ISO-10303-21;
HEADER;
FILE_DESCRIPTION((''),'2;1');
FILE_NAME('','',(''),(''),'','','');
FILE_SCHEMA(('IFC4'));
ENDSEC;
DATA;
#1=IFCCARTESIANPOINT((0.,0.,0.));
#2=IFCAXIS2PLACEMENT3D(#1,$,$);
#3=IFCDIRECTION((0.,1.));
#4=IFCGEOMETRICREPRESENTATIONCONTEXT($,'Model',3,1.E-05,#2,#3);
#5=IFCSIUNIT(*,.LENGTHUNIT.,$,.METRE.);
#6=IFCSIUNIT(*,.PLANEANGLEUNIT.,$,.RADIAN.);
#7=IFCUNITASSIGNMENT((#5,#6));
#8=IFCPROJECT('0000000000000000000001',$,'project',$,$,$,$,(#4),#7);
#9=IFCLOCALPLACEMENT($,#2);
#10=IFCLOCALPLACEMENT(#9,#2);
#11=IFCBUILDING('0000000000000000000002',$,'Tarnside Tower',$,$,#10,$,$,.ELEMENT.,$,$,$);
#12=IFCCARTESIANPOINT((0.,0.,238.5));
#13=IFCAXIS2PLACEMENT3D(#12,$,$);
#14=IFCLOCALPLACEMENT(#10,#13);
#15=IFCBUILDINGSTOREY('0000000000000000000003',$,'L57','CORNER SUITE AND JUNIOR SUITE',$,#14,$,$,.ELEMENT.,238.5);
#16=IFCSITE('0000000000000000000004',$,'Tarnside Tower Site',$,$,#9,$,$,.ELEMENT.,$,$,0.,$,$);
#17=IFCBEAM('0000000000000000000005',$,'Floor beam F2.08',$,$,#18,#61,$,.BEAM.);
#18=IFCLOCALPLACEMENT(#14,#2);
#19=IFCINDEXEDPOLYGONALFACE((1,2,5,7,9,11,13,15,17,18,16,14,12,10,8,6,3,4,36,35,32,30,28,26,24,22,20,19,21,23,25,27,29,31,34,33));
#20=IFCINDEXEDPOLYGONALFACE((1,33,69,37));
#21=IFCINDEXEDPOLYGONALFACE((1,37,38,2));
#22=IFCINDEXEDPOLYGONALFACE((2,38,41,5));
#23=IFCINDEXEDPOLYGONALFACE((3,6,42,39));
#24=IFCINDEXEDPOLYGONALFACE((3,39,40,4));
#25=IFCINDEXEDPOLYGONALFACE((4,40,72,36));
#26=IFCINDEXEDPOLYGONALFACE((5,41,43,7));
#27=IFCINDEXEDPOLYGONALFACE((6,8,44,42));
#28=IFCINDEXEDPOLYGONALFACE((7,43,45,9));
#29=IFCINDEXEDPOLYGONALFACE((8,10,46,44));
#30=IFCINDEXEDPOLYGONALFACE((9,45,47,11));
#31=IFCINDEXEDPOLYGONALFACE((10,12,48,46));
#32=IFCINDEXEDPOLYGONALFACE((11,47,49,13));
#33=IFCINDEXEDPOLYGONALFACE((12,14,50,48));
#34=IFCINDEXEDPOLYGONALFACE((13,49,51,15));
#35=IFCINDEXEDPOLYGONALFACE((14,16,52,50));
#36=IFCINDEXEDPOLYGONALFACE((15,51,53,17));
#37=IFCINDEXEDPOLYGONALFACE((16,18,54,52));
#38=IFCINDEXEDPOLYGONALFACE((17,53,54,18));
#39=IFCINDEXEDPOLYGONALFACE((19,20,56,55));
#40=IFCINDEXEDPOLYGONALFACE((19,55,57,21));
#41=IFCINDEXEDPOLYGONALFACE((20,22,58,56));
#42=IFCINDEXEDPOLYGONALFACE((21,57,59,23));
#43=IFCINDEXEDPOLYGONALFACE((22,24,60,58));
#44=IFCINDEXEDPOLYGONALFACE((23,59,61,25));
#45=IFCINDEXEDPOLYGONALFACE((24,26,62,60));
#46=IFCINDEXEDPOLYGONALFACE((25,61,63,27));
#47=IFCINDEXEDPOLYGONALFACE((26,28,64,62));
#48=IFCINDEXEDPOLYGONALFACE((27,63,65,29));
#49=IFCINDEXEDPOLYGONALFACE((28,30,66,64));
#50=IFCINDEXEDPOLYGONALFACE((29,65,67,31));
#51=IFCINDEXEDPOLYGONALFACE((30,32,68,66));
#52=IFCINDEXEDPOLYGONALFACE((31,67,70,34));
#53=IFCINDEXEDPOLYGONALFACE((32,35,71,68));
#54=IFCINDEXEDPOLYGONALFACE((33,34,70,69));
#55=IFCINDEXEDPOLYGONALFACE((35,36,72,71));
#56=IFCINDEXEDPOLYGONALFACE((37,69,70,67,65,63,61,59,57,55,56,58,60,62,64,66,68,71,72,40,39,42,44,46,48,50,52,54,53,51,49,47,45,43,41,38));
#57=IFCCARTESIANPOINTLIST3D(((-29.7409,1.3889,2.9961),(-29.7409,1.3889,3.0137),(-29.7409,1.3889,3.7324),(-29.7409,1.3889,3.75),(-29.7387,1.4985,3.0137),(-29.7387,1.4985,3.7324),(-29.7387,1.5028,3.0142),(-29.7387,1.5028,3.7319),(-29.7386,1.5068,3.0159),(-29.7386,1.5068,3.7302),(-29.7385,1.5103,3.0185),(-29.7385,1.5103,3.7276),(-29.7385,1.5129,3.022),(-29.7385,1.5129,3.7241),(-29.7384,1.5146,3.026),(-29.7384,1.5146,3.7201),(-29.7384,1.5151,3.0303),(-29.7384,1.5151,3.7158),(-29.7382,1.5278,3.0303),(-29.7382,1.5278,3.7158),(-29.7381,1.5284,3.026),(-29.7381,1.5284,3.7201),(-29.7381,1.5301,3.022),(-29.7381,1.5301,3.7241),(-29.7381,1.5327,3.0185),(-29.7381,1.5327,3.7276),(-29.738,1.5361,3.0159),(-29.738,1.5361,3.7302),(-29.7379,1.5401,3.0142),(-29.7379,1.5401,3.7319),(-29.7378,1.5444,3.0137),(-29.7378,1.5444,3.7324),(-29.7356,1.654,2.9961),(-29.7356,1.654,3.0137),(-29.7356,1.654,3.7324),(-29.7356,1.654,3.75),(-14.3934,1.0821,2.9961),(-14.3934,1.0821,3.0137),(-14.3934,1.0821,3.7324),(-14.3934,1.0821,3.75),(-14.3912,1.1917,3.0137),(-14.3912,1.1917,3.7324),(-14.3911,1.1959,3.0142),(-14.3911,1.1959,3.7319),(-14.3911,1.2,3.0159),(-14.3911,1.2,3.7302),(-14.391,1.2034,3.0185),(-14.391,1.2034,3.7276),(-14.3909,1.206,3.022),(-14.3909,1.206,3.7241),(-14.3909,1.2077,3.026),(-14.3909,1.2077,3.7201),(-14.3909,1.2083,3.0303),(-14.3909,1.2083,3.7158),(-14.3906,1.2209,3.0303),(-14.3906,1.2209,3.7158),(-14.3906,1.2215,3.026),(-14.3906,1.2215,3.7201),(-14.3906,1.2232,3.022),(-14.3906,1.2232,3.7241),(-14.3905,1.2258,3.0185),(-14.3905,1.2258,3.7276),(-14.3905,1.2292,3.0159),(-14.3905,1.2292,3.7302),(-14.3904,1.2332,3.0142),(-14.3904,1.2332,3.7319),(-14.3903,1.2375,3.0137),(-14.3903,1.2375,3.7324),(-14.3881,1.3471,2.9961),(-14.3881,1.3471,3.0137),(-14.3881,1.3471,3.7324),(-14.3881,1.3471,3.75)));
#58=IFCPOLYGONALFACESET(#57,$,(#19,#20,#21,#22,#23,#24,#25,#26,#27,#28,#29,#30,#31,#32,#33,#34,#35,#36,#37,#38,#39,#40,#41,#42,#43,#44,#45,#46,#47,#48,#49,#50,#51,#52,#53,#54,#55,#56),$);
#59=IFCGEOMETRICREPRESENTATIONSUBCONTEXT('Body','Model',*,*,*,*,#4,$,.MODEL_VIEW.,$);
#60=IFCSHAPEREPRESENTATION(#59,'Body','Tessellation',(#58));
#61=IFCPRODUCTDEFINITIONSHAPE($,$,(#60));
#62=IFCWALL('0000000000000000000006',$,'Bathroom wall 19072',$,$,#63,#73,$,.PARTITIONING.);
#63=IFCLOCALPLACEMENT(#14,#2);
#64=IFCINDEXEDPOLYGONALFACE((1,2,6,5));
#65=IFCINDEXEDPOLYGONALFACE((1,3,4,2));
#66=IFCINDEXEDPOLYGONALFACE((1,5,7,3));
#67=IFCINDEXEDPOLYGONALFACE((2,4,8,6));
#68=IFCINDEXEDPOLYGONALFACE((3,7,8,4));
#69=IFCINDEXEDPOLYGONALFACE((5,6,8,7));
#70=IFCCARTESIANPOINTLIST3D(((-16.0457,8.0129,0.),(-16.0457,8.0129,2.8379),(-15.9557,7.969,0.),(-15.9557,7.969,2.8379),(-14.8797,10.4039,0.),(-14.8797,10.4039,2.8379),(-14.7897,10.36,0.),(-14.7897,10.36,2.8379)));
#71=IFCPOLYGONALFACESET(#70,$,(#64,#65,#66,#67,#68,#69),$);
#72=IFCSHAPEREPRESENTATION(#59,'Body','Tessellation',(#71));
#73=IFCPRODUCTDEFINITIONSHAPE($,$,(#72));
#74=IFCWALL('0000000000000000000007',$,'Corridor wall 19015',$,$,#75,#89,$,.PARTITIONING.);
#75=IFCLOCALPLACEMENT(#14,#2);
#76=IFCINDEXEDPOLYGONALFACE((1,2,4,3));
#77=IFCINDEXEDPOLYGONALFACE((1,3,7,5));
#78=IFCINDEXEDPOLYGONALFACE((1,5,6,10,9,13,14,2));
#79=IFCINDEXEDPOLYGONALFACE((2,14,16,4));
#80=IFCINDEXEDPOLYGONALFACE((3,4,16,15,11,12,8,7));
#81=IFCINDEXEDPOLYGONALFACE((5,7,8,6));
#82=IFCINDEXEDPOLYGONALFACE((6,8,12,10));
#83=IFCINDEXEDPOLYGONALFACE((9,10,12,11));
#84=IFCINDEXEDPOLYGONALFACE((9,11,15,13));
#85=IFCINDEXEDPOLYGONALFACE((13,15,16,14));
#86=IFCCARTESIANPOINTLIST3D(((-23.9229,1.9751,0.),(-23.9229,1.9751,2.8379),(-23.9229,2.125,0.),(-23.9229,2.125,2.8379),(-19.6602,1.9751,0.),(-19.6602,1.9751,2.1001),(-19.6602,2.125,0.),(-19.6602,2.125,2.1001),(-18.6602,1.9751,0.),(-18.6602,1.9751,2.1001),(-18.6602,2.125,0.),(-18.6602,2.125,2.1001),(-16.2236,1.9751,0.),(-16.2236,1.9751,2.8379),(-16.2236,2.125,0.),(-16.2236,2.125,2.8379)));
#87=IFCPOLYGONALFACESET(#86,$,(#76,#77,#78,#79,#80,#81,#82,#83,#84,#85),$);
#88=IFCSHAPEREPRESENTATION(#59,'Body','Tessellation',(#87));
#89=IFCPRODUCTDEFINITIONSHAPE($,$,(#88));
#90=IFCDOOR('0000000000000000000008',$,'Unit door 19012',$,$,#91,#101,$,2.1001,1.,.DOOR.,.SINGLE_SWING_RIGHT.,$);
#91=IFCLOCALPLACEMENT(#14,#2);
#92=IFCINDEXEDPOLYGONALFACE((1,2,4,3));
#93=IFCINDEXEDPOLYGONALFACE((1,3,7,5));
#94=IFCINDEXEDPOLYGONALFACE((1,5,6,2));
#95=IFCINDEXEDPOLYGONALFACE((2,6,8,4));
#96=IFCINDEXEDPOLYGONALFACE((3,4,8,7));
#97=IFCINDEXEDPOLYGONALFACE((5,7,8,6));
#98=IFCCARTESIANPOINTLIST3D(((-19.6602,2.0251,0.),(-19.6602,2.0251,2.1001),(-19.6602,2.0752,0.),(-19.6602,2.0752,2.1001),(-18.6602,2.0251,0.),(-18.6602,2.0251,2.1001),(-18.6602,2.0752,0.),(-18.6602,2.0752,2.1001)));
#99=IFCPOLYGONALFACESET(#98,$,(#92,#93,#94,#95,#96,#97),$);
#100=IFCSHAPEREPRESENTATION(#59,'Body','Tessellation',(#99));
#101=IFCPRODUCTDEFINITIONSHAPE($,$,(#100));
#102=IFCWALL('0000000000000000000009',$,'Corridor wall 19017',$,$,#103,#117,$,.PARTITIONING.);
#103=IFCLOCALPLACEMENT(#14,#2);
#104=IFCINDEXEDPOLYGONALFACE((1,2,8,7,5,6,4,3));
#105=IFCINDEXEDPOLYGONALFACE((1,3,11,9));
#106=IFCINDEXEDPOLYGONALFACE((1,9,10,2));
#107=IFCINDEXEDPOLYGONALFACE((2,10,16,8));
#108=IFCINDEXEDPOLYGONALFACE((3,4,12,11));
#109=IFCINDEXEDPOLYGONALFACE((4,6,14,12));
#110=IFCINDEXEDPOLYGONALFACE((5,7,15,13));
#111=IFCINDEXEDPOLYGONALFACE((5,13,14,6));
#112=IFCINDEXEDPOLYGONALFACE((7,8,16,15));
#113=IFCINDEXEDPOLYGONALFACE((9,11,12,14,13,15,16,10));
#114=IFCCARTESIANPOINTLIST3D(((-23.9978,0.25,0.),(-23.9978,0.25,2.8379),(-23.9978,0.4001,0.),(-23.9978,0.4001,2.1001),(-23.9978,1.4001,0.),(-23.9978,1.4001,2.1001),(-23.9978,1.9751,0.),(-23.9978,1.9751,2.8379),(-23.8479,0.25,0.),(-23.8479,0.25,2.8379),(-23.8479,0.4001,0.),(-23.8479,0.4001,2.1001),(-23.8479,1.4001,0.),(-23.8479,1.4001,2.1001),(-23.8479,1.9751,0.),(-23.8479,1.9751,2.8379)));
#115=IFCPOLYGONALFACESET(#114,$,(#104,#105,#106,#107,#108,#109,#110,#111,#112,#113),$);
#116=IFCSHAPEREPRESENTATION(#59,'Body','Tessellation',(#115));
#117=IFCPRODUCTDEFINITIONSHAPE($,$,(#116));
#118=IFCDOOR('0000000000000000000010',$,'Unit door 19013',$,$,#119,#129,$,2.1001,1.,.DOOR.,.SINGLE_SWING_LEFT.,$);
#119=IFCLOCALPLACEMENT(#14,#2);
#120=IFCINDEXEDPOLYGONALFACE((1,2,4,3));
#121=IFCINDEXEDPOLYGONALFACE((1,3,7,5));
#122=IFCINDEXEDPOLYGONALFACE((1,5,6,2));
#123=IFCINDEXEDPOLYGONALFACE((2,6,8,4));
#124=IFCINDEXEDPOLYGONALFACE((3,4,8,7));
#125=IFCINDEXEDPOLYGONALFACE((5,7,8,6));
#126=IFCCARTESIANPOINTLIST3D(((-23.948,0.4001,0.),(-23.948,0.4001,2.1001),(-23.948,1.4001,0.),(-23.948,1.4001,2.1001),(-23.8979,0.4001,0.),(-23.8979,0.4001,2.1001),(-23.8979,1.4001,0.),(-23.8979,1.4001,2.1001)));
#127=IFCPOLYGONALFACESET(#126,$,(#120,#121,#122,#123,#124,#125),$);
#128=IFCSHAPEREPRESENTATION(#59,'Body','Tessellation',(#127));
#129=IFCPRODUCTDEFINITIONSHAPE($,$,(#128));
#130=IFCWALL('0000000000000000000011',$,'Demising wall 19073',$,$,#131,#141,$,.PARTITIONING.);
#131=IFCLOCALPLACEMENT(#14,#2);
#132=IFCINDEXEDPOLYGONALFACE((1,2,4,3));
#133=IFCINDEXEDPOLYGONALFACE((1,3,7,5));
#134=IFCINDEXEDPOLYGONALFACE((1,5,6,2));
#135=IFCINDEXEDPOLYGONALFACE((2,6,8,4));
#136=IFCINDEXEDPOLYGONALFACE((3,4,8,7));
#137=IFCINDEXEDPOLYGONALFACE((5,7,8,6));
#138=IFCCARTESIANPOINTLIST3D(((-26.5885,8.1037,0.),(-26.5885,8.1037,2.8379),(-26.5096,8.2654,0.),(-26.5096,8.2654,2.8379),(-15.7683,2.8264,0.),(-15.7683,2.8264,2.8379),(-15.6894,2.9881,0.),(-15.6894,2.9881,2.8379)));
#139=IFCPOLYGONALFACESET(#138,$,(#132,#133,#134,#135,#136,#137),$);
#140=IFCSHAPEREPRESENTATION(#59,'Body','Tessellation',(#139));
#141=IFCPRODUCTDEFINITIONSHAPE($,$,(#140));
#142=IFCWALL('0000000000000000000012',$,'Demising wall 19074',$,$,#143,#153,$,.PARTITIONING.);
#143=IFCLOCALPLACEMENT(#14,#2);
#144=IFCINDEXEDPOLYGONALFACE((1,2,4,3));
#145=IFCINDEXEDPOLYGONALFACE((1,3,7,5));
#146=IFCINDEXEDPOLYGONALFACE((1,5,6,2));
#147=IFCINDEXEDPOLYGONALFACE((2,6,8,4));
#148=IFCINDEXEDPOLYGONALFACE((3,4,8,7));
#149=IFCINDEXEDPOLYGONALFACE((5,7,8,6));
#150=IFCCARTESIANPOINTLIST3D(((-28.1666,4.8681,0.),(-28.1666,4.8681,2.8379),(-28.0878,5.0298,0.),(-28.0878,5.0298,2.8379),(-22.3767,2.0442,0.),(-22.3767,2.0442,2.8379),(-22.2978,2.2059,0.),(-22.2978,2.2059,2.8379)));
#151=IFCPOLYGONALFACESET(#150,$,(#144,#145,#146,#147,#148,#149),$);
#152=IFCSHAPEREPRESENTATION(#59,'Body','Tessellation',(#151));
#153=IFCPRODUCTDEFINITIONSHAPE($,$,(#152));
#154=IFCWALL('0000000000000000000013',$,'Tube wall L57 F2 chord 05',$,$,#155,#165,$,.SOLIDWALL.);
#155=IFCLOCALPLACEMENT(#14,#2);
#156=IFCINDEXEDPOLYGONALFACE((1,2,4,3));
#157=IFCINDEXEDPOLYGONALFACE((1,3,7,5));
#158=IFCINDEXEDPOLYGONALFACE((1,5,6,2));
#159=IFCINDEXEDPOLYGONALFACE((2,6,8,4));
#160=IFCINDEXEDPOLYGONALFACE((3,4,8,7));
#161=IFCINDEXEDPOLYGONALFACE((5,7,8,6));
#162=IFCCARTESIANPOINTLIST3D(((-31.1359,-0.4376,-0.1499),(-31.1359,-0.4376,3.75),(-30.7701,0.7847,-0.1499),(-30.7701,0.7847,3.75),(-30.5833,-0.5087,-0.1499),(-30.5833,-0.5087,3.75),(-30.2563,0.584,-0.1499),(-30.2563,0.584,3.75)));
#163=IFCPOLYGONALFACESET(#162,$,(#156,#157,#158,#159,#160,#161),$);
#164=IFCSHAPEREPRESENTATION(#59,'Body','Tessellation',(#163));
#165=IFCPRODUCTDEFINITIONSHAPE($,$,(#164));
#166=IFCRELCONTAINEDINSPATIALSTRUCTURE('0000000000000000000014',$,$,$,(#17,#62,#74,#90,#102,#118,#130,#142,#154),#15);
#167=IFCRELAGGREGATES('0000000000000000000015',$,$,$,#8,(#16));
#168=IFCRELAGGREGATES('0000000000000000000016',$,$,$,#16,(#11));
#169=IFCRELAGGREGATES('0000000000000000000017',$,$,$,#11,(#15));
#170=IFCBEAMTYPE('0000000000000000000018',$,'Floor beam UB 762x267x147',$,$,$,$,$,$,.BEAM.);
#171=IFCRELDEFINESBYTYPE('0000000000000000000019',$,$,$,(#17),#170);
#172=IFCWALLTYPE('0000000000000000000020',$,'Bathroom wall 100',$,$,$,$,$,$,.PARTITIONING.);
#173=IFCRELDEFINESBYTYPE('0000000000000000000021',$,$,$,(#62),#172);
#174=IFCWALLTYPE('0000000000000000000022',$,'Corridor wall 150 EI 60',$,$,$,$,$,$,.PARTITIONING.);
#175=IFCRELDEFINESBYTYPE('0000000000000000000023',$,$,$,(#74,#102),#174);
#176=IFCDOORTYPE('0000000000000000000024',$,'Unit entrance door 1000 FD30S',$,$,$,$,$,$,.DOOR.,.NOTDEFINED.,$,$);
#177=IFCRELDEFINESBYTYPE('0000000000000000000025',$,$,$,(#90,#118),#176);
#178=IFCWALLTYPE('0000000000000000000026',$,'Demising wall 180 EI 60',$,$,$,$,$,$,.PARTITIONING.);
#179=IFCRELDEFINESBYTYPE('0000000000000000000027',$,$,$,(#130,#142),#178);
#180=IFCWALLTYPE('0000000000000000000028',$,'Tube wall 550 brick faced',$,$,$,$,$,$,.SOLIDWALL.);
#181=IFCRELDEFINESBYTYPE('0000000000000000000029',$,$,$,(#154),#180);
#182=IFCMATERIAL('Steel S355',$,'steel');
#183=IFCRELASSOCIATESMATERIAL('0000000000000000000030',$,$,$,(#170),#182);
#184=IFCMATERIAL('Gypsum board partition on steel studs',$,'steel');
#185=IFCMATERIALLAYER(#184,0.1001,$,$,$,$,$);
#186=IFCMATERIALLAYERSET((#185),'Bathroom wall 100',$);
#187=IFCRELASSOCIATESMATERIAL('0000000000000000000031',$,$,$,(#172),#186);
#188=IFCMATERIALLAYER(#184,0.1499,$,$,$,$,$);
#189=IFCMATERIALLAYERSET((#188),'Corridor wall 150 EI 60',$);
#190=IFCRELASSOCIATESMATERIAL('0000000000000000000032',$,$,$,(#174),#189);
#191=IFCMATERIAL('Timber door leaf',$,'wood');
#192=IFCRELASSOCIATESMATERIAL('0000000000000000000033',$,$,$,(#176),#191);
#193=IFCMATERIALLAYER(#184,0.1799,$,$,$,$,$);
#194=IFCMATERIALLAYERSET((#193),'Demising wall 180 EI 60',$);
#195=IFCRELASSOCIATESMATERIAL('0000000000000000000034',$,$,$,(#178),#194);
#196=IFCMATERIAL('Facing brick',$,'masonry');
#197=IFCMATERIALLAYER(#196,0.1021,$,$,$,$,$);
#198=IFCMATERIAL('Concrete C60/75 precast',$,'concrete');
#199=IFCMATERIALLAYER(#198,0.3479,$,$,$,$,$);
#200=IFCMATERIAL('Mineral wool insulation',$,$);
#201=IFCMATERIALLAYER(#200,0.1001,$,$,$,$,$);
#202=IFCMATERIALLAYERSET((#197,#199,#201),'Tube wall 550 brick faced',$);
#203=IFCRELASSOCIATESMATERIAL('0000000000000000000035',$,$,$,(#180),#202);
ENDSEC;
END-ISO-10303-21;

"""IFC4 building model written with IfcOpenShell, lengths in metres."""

from ifc_helpers import new_model, si_unit, direction, frame, frame_2d, origin, origin_2d, place, context, subcontext, project, spatial, polyline, rectangle, i_section, outline, extrude, material, layer, layer_set, material_profile, profile_set, type_object, element, fill, save


model = new_model("IFC4")

# Units and contexts
model_context = context("Model", 3, precision=1e-05, world=origin(), true_north=direction((0.0, 1.0)))
body_context = subcontext(model_context, "Body", "Model", "MODEL_VIEW")
ifc_project = project(units=[si_unit("LENGTHUNIT", "METRE"), si_unit("PLANEANGLEUNIT", "RADIAN")], contexts=[model_context])

# Site, building, storey
site_placement = place(None, origin())
site = spatial("IfcSite", under=ifc_project, at=site_placement, Name="Tarnside Tower Site", CompositionType="ELEMENT", RefElevation=0.0)
building_placement = place(site_placement, origin())
building = spatial("IfcBuilding", under=site, at=building_placement, Name="Tarnside Tower", CompositionType="ELEMENT")
storey_placement = place(building_placement, frame((0.0, 0.0, 238.5)))
storey = spatial("IfcBuildingStorey", under=building, at=storey_placement, Name="L57", Description="CORNER SUITE AND JUNIOR SUITE", CompositionType="ELEMENT", Elevation=238.5)

# Beam
ifc_material_1 = material(Name="Steel S355", Category="steel")
ifc_material_profile = material_profile(ifc_material_1, i_section(OverallWidth=0.2651, OverallDepth=0.7539, WebThickness=0.0127, FlangeThickness=0.0176, FilletRadius=0.0166, at=origin_2d()), Name="UB 762x267x147")
ifc_profile_set = profile_set([ifc_material_profile], Name="Steel S355")
beam_type = type_object("IfcBeamType", Name="Floor beam UB 762x267x147", PredefinedType="BEAM", material=ifc_profile_set)
beam_1_placement = place(storey_placement, frame((-29.7383, 1.5215, 3.373), z_axis=(0.9998, -0.019992, 0.0), x_axis=(0.019992, 0.9998, 0.0)))
element("IfcBeam", 1, at=beam_1_placement, inside=storey, type_object=beam_type, Name="Floor beam F2.08", PredefinedType="BEAM", context=body_context, shape_type="SweptSolid", body=[
    extrude(i_section(OverallWidth=0.2651, OverallDepth=0.7539, WebThickness=0.0127, FlangeThickness=0.0176, FilletRadius=0.0166, at=origin_2d()), origin(), (0.0, 0.0, 1.0), 15.3506),
])

# Wall
ifc_material_2 = material(Name="Gypsum board partition on steel studs", Category="steel")
ifc_layer_1 = layer(ifc_material_2, 0.1001)
ifc_layer_set_1 = layer_set([ifc_layer_1], Name="Bathroom wall 100")
wall_type_1 = type_object("IfcWallType", Name="Bathroom wall 100", PredefinedType="PARTITIONING", material=ifc_layer_set_1)
wall_1_placement = place(storey_placement, frame((-16.0007, 7.991, 0.0), z_axis=(0.0, 0.0, 1.0), x_axis=(0.438344, 0.898807, 0.0)))
element("IfcWall", 2, at=wall_1_placement, inside=storey, type_object=wall_type_1, Name="Bathroom wall 19072", PredefinedType="PARTITIONING", context=body_context, shape_type="SweptSolid", body=[
    extrude(rectangle(XDim=2.6602, YDim=0.1001, at=frame_2d((1.3301, 0.0))), origin(), (0.0, 0.0, 1.0), 2.8379),
])

# Walls, openings, doors
ifc_layer_2 = layer(ifc_material_2, 0.1499)
ifc_layer_set_2 = layer_set([ifc_layer_2], Name="Corridor wall 150 EI 60")
wall_type_2 = type_object("IfcWallType", Name="Corridor wall 150 EI 60", PredefinedType="PARTITIONING", material=ifc_layer_set_2)
wall_2_placement = place(storey_placement, frame((-16.2236, 2.05, 0.0), z_axis=(0.0, 0.0, 1.0), x_axis=(-1.0, 0.0, 0.0)))
wall_2 = element("IfcWall", 3, at=wall_2_placement, inside=storey, type_object=wall_type_2, Name="Corridor wall 19015", PredefinedType="PARTITIONING", context=body_context, shape_type="SweptSolid", body=[
    extrude(rectangle(XDim=7.6992, YDim=0.1499, at=frame_2d((3.8496, 0.0))), origin(), (0.0, 0.0, 1.0), 2.8379),
])
opening_1_placement = place(wall_2_placement, frame((2.4365, 0.0, 0.0)))
opening_1 = element("IfcOpeningElement", 4, at=opening_1_placement, cuts=wall_2, PredefinedType="OPENING", context=body_context, shape_type="SweptSolid", body=[
    extrude(rectangle(XDim=1.0, YDim=2.1001, at=frame_2d((0.5, 1.05))), frame((0.0, 0.085, 0.0), z_axis=(0.0, -1.0, 0.0), x_axis=(1.0, 0.0, 0.0)), (0.0, 0.0, 1.0), 0.1699),
])
ifc_material_3 = material(Name="Timber door leaf", Category="wood")
door_type = type_object("IfcDoorType", Name="Unit entrance door 1000 FD30S", OperationType="NOTDEFINED", PredefinedType="DOOR", material=ifc_material_3)
door_1_placement = place(opening_1_placement, origin())
door_1 = element("IfcDoor", 5, at=door_1_placement, inside=storey, type_object=door_type, Name="Unit door 19012", OperationType="SINGLE_SWING_RIGHT", OverallHeight=2.1001, OverallWidth=1.0, PredefinedType="DOOR", context=body_context, shape_type="SweptSolid", body=[
    extrude(rectangle(XDim=1.0, YDim=2.1001, at=frame_2d((0.5, 1.05))), frame((0.0, 0.0249, 0.0), z_axis=(0.0, -1.0, 0.0), x_axis=(1.0, 0.0, 0.0)), (0.0, 0.0, 1.0), 0.05),
])
fill(opening_1, door_1)
wall_3_placement = place(storey_placement, frame((-23.9229, 1.9751, 0.0), z_axis=(0.0, 0.0, 1.0), x_axis=(0.0, -1.0, 0.0)))
wall_3 = element("IfcWall", 6, at=wall_3_placement, inside=storey, type_object=wall_type_2, Name="Corridor wall 19017", PredefinedType="PARTITIONING", context=body_context, shape_type="SweptSolid", body=[
    extrude(rectangle(XDim=1.7251, YDim=0.1499, at=frame_2d((0.8625, 0.0))), origin(), (0.0, 0.0, 1.0), 2.8379),
])
opening_2_placement = place(wall_3_placement, frame((0.575, 0.0, 0.0)))
opening_2 = element("IfcOpeningElement", 7, at=opening_2_placement, cuts=wall_3, PredefinedType="OPENING", context=body_context, shape_type="SweptSolid", body=[
    extrude(rectangle(XDim=1.0, YDim=2.1001, at=frame_2d((0.5, 1.05))), frame((0.0, 0.085, 0.0), z_axis=(0.0, -1.0, 0.0), x_axis=(1.0, 0.0, 0.0)), (0.0, 0.0, 1.0), 0.1699),
])
door_2_placement = place(opening_2_placement, origin())
door_2 = element("IfcDoor", 8, at=door_2_placement, inside=storey, type_object=door_type, Name="Unit door 19013", OperationType="SINGLE_SWING_LEFT", OverallHeight=2.1001, OverallWidth=1.0, PredefinedType="DOOR", context=body_context, shape_type="SweptSolid", body=[
    extrude(rectangle(XDim=1.0, YDim=2.1001, at=frame_2d((0.5, 1.05))), frame((0.0, 0.0249, 0.0), z_axis=(0.0, -1.0, 0.0), x_axis=(1.0, 0.0, 0.0)), (0.0, 0.0, 1.0), 0.05),
])
fill(opening_2, door_2)

# Walls
ifc_layer_3 = layer(ifc_material_2, 0.1799)
ifc_layer_set_3 = layer_set([ifc_layer_3], Name="Demising wall 180 EI 60")
wall_type_3 = type_object("IfcWallType", Name="Demising wall 180 EI 60", PredefinedType="PARTITIONING", material=ifc_layer_set_3)
wall_4_placement = place(storey_placement, frame((-26.5491, 8.1846, 0.0), z_axis=(0.0, 0.0, 1.0), x_axis=(0.898797, -0.438366, 0.0)))
element("IfcWall", 9, at=wall_4_placement, inside=storey, type_object=wall_type_3, Name="Demising wall 19073", PredefinedType="PARTITIONING", context=body_context, shape_type="SweptSolid", body=[
    extrude(rectangle(XDim=12.0386, YDim=0.1799, at=frame_2d((6.0193, 0.0))), origin(), (0.0, 0.0, 1.0), 2.8379),
])
wall_5_placement = place(storey_placement, frame((-28.1272, 4.949, 0.0), z_axis=(0.0, 0.0, 1.0), x_axis=(0.898795, -0.438369, 0.0)))
element("IfcWall", 10, at=wall_5_placement, inside=storey, type_object=wall_type_3, Name="Demising wall 19074", PredefinedType="PARTITIONING", context=body_context, shape_type="SweptSolid", body=[
    extrude(rectangle(XDim=6.4419, YDim=0.1799, at=frame_2d((3.2209, 0.0))), origin(), (0.0, 0.0, 1.0), 2.8379),
])
ifc_material_4 = material(Name="Facing brick", Category="masonry")
ifc_layer_4 = layer(ifc_material_4, 0.1021)
ifc_material_5 = material(Name="Concrete C60/75 precast", Category="concrete")
ifc_layer_5 = layer(ifc_material_5, 0.3479)
ifc_material_6 = material(Name="Mineral wool insulation")
ifc_layer_6 = layer(ifc_material_6, 0.1001)
ifc_layer_set_4 = layer_set([ifc_layer_4, ifc_layer_5, ifc_layer_6], Name="Tube wall 550 brick faced")
wall_type_4 = type_object("IfcWallType", Name="Tube wall 550 brick faced", PredefinedType="SOLIDWALL", material=ifc_layer_set_4)
wall_6_placement = place(storey_placement, frame((-30.5132, 0.6843, -0.1499), z_axis=(0.0, 0.0, 1.0), x_axis=(-0.286736, -0.95801, 0.0)))
element("IfcWall", 11, at=wall_6_placement, inside=storey, type_object=wall_type_4, Name="Tube wall L57 F2 chord 05", PredefinedType="SOLIDWALL", context=body_context, shape_type="SweptSolid", body=[
    extrude(outline(polyline([(-0.0225, -0.2749), (1.2534, -0.2749), (1.1631, 0.2749), (0.0225, 0.2749), (-0.0225, -0.2749)])), origin(), (0.0, 0.0, 1.0), 3.8999),
])

save(model, "model.ifc")
